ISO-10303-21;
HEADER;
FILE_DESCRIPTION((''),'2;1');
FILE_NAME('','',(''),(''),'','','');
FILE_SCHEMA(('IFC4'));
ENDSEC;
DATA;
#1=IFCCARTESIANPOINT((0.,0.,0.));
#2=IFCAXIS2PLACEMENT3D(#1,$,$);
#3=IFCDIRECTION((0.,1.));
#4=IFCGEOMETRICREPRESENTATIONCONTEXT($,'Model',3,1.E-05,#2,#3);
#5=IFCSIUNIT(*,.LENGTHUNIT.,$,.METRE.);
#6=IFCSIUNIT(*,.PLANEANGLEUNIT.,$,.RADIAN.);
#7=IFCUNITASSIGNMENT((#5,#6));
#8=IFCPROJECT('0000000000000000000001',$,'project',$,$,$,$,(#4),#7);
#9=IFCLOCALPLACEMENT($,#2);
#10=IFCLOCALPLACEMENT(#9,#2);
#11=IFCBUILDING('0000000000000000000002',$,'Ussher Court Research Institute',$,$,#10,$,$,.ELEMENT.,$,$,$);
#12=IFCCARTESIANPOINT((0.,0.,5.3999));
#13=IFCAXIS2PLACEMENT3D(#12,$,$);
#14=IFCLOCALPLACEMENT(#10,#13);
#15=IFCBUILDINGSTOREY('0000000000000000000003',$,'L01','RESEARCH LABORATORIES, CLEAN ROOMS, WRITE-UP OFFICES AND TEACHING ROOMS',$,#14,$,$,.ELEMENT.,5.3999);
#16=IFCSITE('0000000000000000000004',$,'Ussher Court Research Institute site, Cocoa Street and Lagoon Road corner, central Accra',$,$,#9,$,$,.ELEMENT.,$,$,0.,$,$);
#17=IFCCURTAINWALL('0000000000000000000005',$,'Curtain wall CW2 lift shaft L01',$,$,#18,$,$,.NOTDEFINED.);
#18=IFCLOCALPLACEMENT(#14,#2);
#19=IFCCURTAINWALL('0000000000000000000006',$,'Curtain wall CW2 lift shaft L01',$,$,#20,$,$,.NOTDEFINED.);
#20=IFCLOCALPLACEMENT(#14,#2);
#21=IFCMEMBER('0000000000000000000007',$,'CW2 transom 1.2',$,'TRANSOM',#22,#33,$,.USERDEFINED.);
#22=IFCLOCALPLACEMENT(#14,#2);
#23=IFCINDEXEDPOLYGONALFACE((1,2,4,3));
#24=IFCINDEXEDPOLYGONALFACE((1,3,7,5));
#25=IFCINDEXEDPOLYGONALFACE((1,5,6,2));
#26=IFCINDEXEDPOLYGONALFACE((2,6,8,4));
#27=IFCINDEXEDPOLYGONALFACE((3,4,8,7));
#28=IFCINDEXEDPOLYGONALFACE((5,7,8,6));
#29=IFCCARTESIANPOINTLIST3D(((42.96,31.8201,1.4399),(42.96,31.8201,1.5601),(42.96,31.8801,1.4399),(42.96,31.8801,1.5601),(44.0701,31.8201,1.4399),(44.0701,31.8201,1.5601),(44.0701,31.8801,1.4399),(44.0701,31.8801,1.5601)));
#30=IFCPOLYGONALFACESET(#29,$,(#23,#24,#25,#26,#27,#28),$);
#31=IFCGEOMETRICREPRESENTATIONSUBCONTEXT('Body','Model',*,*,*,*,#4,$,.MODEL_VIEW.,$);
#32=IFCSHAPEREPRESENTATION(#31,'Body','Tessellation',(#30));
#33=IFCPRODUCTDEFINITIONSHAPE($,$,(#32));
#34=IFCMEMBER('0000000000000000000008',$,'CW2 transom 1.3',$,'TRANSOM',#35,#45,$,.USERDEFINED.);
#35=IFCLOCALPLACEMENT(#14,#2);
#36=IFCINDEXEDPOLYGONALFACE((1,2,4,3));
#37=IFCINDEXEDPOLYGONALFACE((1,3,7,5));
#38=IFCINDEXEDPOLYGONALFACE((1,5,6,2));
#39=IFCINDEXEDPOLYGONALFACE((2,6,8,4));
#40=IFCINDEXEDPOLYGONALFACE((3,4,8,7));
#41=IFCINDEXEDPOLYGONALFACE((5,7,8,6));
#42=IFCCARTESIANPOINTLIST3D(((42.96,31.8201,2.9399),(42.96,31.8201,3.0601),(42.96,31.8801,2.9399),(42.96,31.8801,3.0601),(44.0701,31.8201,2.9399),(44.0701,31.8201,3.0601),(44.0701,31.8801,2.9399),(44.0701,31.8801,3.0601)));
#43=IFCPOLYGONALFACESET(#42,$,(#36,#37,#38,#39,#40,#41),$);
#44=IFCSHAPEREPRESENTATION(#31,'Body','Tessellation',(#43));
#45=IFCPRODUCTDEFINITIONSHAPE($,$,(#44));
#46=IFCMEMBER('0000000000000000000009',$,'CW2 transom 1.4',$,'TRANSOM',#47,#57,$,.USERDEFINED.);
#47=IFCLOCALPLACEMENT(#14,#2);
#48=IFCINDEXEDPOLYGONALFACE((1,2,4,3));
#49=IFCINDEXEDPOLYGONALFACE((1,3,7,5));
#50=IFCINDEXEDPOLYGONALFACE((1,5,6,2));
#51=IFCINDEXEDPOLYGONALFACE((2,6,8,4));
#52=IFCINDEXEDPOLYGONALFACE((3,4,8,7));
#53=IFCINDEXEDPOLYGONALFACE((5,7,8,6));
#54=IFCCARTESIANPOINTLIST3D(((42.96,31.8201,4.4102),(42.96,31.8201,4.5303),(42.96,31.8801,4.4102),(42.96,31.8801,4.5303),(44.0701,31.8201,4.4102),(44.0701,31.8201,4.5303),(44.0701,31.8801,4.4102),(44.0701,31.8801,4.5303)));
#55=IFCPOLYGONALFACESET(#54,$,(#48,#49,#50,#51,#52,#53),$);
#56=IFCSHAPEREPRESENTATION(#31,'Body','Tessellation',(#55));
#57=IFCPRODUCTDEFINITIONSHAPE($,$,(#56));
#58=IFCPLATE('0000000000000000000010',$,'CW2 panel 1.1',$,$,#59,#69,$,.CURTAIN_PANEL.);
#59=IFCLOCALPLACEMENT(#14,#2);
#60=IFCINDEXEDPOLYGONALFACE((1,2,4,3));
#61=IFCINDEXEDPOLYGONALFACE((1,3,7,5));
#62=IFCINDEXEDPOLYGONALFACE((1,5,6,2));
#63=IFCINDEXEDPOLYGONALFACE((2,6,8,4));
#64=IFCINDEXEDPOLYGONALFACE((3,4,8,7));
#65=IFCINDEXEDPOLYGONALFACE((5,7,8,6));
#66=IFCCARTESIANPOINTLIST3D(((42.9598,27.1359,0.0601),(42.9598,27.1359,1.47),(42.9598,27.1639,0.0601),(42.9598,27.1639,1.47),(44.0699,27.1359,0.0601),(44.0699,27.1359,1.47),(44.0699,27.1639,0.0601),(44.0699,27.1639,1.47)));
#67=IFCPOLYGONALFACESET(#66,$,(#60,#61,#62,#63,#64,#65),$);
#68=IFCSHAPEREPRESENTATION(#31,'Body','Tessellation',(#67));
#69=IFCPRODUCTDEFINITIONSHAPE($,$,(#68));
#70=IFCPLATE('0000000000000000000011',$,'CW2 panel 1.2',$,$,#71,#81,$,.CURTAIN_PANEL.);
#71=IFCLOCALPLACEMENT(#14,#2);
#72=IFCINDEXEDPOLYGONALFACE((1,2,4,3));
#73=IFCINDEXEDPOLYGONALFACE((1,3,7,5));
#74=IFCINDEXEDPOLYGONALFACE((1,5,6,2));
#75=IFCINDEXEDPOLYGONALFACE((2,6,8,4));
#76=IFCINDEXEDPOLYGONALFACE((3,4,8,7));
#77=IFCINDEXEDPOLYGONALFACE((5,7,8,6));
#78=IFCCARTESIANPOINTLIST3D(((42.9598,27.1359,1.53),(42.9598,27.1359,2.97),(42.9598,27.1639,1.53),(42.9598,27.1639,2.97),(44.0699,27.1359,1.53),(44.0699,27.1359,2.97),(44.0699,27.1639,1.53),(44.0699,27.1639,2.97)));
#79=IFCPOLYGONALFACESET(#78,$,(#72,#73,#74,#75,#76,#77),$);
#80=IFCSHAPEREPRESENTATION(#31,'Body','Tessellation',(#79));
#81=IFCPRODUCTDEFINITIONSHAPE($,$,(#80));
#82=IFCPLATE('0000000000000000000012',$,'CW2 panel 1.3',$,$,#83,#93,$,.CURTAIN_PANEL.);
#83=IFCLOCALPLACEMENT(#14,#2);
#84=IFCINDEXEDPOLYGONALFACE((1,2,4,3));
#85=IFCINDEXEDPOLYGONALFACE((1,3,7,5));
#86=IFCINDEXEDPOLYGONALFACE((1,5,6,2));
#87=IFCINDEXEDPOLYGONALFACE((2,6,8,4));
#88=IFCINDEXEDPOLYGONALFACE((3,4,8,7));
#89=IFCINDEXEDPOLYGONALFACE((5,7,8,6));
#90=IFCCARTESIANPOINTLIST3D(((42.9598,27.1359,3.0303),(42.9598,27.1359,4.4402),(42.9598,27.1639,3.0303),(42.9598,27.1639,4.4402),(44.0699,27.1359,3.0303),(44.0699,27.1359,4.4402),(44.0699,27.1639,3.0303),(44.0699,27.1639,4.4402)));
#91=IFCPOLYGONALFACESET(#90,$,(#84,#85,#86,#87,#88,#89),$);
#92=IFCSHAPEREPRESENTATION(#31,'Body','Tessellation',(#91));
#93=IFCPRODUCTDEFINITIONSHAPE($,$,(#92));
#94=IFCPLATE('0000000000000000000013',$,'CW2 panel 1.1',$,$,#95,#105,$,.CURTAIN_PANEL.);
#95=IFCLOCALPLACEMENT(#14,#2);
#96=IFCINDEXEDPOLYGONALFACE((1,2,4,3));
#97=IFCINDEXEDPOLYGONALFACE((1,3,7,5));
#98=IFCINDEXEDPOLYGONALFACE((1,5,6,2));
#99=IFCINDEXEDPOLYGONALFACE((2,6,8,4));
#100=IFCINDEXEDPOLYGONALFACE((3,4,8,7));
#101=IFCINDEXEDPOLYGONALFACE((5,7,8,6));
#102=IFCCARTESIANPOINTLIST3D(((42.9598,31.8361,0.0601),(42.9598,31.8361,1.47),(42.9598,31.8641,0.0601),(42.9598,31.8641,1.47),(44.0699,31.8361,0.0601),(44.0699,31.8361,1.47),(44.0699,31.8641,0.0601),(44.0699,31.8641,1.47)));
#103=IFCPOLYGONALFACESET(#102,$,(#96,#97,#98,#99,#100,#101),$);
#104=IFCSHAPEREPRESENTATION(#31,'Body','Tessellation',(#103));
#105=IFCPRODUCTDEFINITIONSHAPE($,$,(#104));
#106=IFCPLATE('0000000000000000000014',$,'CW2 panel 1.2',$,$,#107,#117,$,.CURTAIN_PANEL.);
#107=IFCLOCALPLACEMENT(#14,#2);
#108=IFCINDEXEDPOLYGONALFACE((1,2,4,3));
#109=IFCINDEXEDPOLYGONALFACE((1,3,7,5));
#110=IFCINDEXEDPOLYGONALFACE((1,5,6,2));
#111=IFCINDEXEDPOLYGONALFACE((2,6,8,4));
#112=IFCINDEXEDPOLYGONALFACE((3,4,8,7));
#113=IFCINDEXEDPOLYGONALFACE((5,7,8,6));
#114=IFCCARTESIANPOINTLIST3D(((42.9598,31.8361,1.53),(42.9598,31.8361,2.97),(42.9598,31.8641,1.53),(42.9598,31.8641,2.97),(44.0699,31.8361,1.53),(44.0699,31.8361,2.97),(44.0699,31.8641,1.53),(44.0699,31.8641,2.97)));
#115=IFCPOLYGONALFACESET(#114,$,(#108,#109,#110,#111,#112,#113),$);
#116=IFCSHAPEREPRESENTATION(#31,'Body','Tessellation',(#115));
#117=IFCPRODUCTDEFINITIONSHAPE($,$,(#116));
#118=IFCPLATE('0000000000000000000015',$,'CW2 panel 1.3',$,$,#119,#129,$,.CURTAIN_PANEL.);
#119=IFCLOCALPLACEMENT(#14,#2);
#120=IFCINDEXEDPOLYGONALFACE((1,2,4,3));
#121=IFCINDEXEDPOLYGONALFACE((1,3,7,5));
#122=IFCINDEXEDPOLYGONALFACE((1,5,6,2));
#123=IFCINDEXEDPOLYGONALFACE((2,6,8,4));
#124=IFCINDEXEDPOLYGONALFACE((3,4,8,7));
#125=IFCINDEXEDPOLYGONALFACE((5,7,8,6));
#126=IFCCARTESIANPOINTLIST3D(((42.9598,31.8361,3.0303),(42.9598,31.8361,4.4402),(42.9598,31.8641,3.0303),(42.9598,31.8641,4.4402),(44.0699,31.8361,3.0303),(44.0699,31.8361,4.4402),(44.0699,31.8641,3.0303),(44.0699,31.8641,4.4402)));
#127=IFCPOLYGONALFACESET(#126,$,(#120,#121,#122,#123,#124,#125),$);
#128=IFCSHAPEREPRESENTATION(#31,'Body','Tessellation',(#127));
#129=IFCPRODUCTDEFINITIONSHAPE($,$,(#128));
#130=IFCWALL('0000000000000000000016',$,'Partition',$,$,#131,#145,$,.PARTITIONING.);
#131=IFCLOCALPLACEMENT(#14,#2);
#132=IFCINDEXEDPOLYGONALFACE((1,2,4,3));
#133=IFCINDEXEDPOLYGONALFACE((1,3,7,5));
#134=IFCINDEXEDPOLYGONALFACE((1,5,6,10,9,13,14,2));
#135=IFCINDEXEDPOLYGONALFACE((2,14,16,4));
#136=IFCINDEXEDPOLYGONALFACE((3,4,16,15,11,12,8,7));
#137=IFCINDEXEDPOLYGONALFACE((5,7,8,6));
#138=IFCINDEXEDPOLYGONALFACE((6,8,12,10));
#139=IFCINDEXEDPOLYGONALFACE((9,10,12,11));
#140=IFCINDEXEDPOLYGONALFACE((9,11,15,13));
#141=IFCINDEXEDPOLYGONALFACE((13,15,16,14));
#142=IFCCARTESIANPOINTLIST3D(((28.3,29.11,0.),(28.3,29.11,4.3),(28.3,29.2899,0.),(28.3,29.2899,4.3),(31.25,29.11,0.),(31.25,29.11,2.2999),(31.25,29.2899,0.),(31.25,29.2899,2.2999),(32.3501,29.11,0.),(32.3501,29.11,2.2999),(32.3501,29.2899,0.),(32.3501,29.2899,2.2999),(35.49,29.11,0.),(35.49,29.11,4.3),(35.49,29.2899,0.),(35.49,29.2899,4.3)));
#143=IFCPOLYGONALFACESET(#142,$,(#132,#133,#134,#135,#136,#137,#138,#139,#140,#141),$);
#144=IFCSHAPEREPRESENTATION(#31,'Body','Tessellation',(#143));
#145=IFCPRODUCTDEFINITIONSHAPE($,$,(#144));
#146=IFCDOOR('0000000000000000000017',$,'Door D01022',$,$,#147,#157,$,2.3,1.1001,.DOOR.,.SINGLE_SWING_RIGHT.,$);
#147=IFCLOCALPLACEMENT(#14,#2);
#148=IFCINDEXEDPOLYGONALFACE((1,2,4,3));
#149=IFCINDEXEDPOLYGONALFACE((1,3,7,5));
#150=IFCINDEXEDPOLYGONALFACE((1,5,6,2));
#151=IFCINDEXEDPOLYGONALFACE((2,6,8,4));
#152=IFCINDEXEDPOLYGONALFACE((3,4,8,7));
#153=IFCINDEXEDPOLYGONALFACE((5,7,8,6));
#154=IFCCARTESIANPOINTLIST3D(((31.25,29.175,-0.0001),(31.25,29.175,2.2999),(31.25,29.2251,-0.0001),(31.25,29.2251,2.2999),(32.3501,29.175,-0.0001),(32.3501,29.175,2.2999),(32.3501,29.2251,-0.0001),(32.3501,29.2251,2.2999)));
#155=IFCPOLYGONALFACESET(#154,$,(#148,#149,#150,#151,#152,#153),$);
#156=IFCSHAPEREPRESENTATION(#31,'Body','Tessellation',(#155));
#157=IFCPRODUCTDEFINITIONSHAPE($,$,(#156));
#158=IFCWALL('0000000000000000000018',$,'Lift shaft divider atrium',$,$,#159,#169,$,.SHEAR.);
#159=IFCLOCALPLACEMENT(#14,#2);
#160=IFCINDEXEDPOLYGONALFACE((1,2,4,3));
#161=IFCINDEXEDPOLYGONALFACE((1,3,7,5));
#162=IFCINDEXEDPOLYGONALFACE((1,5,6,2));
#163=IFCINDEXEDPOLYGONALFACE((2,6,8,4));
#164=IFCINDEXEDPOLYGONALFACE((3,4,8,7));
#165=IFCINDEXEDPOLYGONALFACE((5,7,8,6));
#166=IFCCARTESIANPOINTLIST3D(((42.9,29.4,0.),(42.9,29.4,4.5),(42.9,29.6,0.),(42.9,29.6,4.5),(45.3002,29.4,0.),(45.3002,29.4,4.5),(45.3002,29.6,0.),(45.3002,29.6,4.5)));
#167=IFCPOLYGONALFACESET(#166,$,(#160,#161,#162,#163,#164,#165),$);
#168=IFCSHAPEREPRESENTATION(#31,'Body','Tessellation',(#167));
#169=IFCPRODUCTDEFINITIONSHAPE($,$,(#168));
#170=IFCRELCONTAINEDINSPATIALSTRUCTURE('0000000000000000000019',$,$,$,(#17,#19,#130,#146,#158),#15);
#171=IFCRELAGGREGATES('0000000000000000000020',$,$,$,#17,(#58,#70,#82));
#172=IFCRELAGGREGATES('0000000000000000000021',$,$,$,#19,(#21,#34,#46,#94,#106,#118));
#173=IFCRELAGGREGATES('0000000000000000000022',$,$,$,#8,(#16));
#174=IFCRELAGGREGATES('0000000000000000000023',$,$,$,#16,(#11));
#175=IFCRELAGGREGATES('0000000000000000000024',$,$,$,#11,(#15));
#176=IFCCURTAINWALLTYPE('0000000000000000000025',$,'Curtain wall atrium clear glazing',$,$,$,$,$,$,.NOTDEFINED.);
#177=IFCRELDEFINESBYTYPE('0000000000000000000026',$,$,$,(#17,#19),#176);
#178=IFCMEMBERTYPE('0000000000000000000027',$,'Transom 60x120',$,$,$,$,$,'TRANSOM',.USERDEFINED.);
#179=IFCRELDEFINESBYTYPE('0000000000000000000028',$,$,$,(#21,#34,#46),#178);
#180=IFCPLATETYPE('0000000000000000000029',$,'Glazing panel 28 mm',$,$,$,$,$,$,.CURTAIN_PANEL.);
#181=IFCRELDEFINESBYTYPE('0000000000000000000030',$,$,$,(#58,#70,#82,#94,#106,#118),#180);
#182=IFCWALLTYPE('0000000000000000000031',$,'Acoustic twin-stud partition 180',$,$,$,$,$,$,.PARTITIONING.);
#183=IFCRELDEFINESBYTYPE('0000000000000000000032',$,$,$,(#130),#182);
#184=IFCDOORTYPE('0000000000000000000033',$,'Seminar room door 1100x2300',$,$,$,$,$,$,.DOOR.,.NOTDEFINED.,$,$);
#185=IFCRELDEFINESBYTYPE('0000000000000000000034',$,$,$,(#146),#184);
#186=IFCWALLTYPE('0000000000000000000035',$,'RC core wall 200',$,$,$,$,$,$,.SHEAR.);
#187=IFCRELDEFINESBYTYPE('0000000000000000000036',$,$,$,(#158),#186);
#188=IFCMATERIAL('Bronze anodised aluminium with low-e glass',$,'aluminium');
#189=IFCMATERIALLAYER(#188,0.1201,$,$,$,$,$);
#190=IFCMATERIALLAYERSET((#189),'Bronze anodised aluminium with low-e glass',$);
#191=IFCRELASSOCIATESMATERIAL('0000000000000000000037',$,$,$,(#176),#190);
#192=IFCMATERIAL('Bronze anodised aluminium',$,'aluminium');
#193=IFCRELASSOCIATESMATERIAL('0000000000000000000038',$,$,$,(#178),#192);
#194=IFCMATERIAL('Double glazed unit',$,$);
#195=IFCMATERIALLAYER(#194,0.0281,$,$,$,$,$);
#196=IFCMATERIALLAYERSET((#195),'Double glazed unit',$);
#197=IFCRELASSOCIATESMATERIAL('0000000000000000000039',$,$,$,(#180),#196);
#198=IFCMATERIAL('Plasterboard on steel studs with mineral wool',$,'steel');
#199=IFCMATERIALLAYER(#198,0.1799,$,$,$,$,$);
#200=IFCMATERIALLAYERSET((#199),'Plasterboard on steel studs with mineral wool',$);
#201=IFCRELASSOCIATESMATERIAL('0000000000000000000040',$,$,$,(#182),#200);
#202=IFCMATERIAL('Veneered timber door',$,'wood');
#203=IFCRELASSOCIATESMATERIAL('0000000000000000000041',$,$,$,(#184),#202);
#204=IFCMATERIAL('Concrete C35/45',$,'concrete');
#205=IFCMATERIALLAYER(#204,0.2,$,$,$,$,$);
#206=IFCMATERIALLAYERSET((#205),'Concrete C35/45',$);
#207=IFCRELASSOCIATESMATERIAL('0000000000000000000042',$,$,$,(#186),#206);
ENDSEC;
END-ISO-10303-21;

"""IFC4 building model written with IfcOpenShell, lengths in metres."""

from ifc_helpers import new_model, si_unit, direction, frame, frame_2d, origin, origin_2d, place, context, subcontext, project, spatial, rectangle, extrude, material, layer, layer_set, material_profile, profile_set, type_object, element, fill, aggregate, save


model = new_model("IFC4")

# Units and contexts
model_context = context("Model", 3, precision=1e-05, world=origin(), true_north=direction((0.0, 1.0)))
body_context = subcontext(model_context, "Body", "Model", "MODEL_VIEW")
ifc_project = project(units=[si_unit("LENGTHUNIT", "METRE"), si_unit("PLANEANGLEUNIT", "RADIAN")], contexts=[model_context])

# Site, building, storey
site_placement = place(None, origin())
site = spatial("IfcSite", under=ifc_project, at=site_placement, Name="Ussher Court Research Institute site, Cocoa Street and Lagoon Road corner, central Accra", CompositionType="ELEMENT", RefElevation=0.0)
building_placement = place(site_placement, origin())
building = spatial("IfcBuilding", under=site, at=building_placement, Name="Ussher Court Research Institute", CompositionType="ELEMENT")
storey_placement = place(building_placement, frame((0.0, 0.0, 5.3999)))
storey = spatial("IfcBuildingStorey", under=building, at=storey_placement, Name="L01", Description="RESEARCH LABORATORIES, CLEAN ROOMS, WRITE-UP OFFICES AND TEACHING ROOMS", CompositionType="ELEMENT", Elevation=5.3999)

# Curtain walls
ifc_material_1 = material(Name="Bronze anodised aluminium with low-e glass", Category="aluminium")
ifc_layer_1 = layer(ifc_material_1, 0.1201)
ifc_layer_set_1 = layer_set([ifc_layer_1], Name="Bronze anodised aluminium with low-e glass")
curtain_wall_type = type_object("IfcCurtainWallType", Name="Curtain wall atrium clear glazing", PredefinedType="NOTDEFINED", material=ifc_layer_set_1)
curtain_wall_1_placement = place(storey_placement, origin())
curtain_wall_1 = element("IfcCurtainWall", 1, at=curtain_wall_1_placement, inside=storey, type_object=curtain_wall_type, Name="Curtain wall CW2 lift shaft L01", PredefinedType="NOTDEFINED")
curtain_wall_2_placement = place(storey_placement, origin())
curtain_wall_2 = element("IfcCurtainWall", 2, at=curtain_wall_2_placement, inside=storey, type_object=curtain_wall_type, Name="Curtain wall CW2 lift shaft L01", PredefinedType="NOTDEFINED")

# Members
ifc_material_2 = material(Name="Bronze anodised aluminium", Category="aluminium")
ifc_material_profile_1 = material_profile(ifc_material_2, rectangle(XDim=0.0601, YDim=0.1201, at=origin_2d()), Name="Transom 60x120")
ifc_profile_set_1 = profile_set([ifc_material_profile_1], Name="Bronze anodised aluminium")
member_type_1 = type_object("IfcMemberType", Name="Transom 60x120", ElementType="TRANSOM", PredefinedType="USERDEFINED", material=ifc_profile_set_1)
member_1_placement = place(storey_placement, frame((42.96, 31.8501, 1.5), z_axis=(1.0, 0.0, 0.0), x_axis=(0.0, 1.0, 0.0)))
member_1 = element("IfcMember", 3, at=member_1_placement, type_object=member_type_1, Name="CW2 transom 1.2", ObjectType="TRANSOM", PredefinedType="USERDEFINED", context=body_context, shape_type="SweptSolid", body=[
    extrude(rectangle(XDim=0.0601, YDim=0.1201, at=origin_2d()), origin(), (0.0, 0.0, 1.0), 1.1101),
])
member_2_placement = place(storey_placement, frame((42.96, 31.8501, 3.0), z_axis=(1.0, 0.0, 0.0), x_axis=(0.0, 1.0, 0.0)))
member_2 = element("IfcMember", 4, at=member_2_placement, type_object=member_type_1, Name="CW2 transom 1.3", ObjectType="TRANSOM", PredefinedType="USERDEFINED", context=body_context, shape_type="SweptSolid", body=[
    extrude(rectangle(XDim=0.0601, YDim=0.1201, at=origin_2d()), origin(), (0.0, 0.0, 1.0), 1.1101),
])
member_3_placement = place(storey_placement, frame((42.96, 31.8501, 4.4702), z_axis=(1.0, 0.0, 0.0), x_axis=(0.0, 1.0, 0.0)))
member_3 = element("IfcMember", 5, at=member_3_placement, type_object=member_type_1, Name="CW2 transom 1.4", ObjectType="TRANSOM", PredefinedType="USERDEFINED", context=body_context, shape_type="SweptSolid", body=[
    extrude(rectangle(XDim=0.0601, YDim=0.1201, at=origin_2d()), origin(), (0.0, 0.0, 1.0), 1.1101),
])

# Plates
ifc_material_3 = material(Name="Double glazed unit")
ifc_layer_2 = layer(ifc_material_3, 0.0281)
ifc_layer_set_2 = layer_set([ifc_layer_2], Name="Double glazed unit")
plate_type = type_object("IfcPlateType", Name="Glazing panel 28 mm", PredefinedType="CURTAIN_PANEL", material=ifc_layer_set_2)
plate_1_placement = place(storey_placement, frame((43.5149, 27.1499, 0.0601), z_axis=(0.0, 0.0, 1.0), x_axis=(1.0, 0.0, 0.0)))
plate_1 = element("IfcPlate", 6, at=plate_1_placement, type_object=plate_type, Name="CW2 panel 1.1", PredefinedType="CURTAIN_PANEL", context=body_context, shape_type="SweptSolid", body=[
    extrude(rectangle(XDim=1.1101, YDim=0.0281, at=origin_2d()), origin(), (0.0, 0.0, 1.0), 1.4099),
])
plate_2_placement = place(storey_placement, frame((43.5149, 27.1499, 1.53), z_axis=(0.0, 0.0, 1.0), x_axis=(1.0, 0.0, 0.0)))
plate_2 = element("IfcPlate", 7, at=plate_2_placement, type_object=plate_type, Name="CW2 panel 1.2", PredefinedType="CURTAIN_PANEL", context=body_context, shape_type="SweptSolid", body=[
    extrude(rectangle(XDim=1.1101, YDim=0.0281, at=origin_2d()), origin(), (0.0, 0.0, 1.0), 1.4399),
])
plate_3_placement = place(storey_placement, frame((43.5149, 27.1499, 3.0303), z_axis=(0.0, 0.0, 1.0), x_axis=(1.0, 0.0, 0.0)))
plate_3 = element("IfcPlate", 8, at=plate_3_placement, type_object=plate_type, Name="CW2 panel 1.3", PredefinedType="CURTAIN_PANEL", context=body_context, shape_type="SweptSolid", body=[
    extrude(rectangle(XDim=1.1101, YDim=0.0281, at=origin_2d()), origin(), (0.0, 0.0, 1.0), 1.4099),
])
aggregate(curtain_wall_1, [plate_1, plate_2, plate_3])
plate_4_placement = place(storey_placement, frame((43.5149, 31.8501, 0.0601), z_axis=(0.0, 0.0, 1.0), x_axis=(1.0, 0.0, 0.0)))
plate_4 = element("IfcPlate", 9, at=plate_4_placement, type_object=plate_type, Name="CW2 panel 1.1", PredefinedType="CURTAIN_PANEL", context=body_context, shape_type="SweptSolid", body=[
    extrude(rectangle(XDim=1.1101, YDim=0.0281, at=origin_2d()), origin(), (0.0, 0.0, 1.0), 1.4099),
])
plate_5_placement = place(storey_placement, frame((43.5149, 31.8501, 1.53), z_axis=(0.0, 0.0, 1.0), x_axis=(1.0, 0.0, 0.0)))
plate_5 = element("IfcPlate", 10, at=plate_5_placement, type_object=plate_type, Name="CW2 panel 1.2", PredefinedType="CURTAIN_PANEL", context=body_context, shape_type="SweptSolid", body=[
    extrude(rectangle(XDim=1.1101, YDim=0.0281, at=origin_2d()), origin(), (0.0, 0.0, 1.0), 1.4399),
])
plate_6_placement = place(storey_placement, frame((43.5149, 31.8501, 3.0303), z_axis=(0.0, 0.0, 1.0), x_axis=(1.0, 0.0, 0.0)))
plate_6 = element("IfcPlate", 11, at=plate_6_placement, type_object=plate_type, Name="CW2 panel 1.3", PredefinedType="CURTAIN_PANEL", context=body_context, shape_type="SweptSolid", body=[
    extrude(rectangle(XDim=1.1101, YDim=0.0281, at=origin_2d()), origin(), (0.0, 0.0, 1.0), 1.4099),
])
aggregate(curtain_wall_2, [member_1, member_2, member_3, plate_4, plate_5, plate_6])

# Wall, opening, door
ifc_material_4 = material(Name="Plasterboard on steel studs with mineral wool", Category="steel")
ifc_layer_3 = layer(ifc_material_4, 0.1799)
ifc_layer_set_3 = layer_set([ifc_layer_3], Name="Plasterboard on steel studs with mineral wool")
wall_type_1 = type_object("IfcWallType", Name="Acoustic twin-stud partition 180", PredefinedType="PARTITIONING", material=ifc_layer_set_3)
wall_1_placement = place(storey_placement, frame((35.49, 29.2, 0.0), z_axis=(0.0, 0.0, 1.0), x_axis=(-1.0, 0.0, 0.0)))
wall_1 = element("IfcWall", 12, at=wall_1_placement, inside=storey, type_object=wall_type_1, Name="Partition", PredefinedType="PARTITIONING", context=body_context, shape_type="SweptSolid", body=[
    extrude(rectangle(XDim=7.1899, YDim=0.1799, at=frame_2d((3.595, 0.0))), origin(), (0.0, 0.0, 1.0), 4.3),
])
opening_1_placement = place(wall_1_placement, frame((3.1399, 0.0, 0.0)))
opening_1 = element("IfcOpeningElement", 13, at=opening_1_placement, cuts=wall_1, PredefinedType="OPENING", context=body_context, shape_type="SweptSolid", body=[
    extrude(rectangle(XDim=1.1001, YDim=2.3, at=frame_2d((0.55, 1.1499))), frame((0.0, 0.1001, 0.0), z_axis=(0.0, -1.0, 0.0), x_axis=(1.0, 0.0, 0.0)), (0.0, 0.0, 1.0), 0.2),
])
ifc_material_5 = material(Name="Veneered timber door", Category="wood")
door_type_1 = type_object("IfcDoorType", Name="Seminar room door 1100x2300", OperationType="NOTDEFINED", PredefinedType="DOOR", material=ifc_material_5)
door_1_placement = place(opening_1_placement, origin())
door_1 = element("IfcDoor", 14, at=door_1_placement, inside=storey, type_object=door_type_1, Name="Door D01022", OperationType="SINGLE_SWING_RIGHT", OverallHeight=2.3, OverallWidth=1.1001, PredefinedType="DOOR", context=body_context, shape_type="SweptSolid", body=[
    extrude(rectangle(XDim=1.1001, YDim=2.3, at=frame_2d((0.55, 1.1499))), frame((0.0, 0.0249, 0.0), z_axis=(0.0, -1.0, 0.0), x_axis=(1.0, 0.0, 0.0)), (0.0, 0.0, 1.0), 0.05),
])
fill(opening_1, door_1)

# Wall
ifc_material_6 = material(Name="Concrete C35/45", Category="concrete")
ifc_layer_4 = layer(ifc_material_6, 0.2)
ifc_layer_set_4 = layer_set([ifc_layer_4], Name="Concrete C35/45")
wall_type_2 = type_object("IfcWallType", Name="RC core wall 200", PredefinedType="SHEAR", material=ifc_layer_set_4)
wall_2_placement = place(storey_placement, frame((42.8999, 29.5, 0.0), z_axis=(0.0, 0.0, 1.0), x_axis=(1.0, 0.0, 0.0)))
element("IfcWall", 15, at=wall_2_placement, inside=storey, type_object=wall_type_2, Name="Lift shaft divider atrium", PredefinedType="SHEAR", context=body_context, shape_type="SweptSolid", body=[
    extrude(rectangle(XDim=2.4001, YDim=0.2, at=frame_2d((1.2002, 0.0))), origin(), (0.0, 0.0, 1.0), 4.5),
])

save(model, "model.ifc")
